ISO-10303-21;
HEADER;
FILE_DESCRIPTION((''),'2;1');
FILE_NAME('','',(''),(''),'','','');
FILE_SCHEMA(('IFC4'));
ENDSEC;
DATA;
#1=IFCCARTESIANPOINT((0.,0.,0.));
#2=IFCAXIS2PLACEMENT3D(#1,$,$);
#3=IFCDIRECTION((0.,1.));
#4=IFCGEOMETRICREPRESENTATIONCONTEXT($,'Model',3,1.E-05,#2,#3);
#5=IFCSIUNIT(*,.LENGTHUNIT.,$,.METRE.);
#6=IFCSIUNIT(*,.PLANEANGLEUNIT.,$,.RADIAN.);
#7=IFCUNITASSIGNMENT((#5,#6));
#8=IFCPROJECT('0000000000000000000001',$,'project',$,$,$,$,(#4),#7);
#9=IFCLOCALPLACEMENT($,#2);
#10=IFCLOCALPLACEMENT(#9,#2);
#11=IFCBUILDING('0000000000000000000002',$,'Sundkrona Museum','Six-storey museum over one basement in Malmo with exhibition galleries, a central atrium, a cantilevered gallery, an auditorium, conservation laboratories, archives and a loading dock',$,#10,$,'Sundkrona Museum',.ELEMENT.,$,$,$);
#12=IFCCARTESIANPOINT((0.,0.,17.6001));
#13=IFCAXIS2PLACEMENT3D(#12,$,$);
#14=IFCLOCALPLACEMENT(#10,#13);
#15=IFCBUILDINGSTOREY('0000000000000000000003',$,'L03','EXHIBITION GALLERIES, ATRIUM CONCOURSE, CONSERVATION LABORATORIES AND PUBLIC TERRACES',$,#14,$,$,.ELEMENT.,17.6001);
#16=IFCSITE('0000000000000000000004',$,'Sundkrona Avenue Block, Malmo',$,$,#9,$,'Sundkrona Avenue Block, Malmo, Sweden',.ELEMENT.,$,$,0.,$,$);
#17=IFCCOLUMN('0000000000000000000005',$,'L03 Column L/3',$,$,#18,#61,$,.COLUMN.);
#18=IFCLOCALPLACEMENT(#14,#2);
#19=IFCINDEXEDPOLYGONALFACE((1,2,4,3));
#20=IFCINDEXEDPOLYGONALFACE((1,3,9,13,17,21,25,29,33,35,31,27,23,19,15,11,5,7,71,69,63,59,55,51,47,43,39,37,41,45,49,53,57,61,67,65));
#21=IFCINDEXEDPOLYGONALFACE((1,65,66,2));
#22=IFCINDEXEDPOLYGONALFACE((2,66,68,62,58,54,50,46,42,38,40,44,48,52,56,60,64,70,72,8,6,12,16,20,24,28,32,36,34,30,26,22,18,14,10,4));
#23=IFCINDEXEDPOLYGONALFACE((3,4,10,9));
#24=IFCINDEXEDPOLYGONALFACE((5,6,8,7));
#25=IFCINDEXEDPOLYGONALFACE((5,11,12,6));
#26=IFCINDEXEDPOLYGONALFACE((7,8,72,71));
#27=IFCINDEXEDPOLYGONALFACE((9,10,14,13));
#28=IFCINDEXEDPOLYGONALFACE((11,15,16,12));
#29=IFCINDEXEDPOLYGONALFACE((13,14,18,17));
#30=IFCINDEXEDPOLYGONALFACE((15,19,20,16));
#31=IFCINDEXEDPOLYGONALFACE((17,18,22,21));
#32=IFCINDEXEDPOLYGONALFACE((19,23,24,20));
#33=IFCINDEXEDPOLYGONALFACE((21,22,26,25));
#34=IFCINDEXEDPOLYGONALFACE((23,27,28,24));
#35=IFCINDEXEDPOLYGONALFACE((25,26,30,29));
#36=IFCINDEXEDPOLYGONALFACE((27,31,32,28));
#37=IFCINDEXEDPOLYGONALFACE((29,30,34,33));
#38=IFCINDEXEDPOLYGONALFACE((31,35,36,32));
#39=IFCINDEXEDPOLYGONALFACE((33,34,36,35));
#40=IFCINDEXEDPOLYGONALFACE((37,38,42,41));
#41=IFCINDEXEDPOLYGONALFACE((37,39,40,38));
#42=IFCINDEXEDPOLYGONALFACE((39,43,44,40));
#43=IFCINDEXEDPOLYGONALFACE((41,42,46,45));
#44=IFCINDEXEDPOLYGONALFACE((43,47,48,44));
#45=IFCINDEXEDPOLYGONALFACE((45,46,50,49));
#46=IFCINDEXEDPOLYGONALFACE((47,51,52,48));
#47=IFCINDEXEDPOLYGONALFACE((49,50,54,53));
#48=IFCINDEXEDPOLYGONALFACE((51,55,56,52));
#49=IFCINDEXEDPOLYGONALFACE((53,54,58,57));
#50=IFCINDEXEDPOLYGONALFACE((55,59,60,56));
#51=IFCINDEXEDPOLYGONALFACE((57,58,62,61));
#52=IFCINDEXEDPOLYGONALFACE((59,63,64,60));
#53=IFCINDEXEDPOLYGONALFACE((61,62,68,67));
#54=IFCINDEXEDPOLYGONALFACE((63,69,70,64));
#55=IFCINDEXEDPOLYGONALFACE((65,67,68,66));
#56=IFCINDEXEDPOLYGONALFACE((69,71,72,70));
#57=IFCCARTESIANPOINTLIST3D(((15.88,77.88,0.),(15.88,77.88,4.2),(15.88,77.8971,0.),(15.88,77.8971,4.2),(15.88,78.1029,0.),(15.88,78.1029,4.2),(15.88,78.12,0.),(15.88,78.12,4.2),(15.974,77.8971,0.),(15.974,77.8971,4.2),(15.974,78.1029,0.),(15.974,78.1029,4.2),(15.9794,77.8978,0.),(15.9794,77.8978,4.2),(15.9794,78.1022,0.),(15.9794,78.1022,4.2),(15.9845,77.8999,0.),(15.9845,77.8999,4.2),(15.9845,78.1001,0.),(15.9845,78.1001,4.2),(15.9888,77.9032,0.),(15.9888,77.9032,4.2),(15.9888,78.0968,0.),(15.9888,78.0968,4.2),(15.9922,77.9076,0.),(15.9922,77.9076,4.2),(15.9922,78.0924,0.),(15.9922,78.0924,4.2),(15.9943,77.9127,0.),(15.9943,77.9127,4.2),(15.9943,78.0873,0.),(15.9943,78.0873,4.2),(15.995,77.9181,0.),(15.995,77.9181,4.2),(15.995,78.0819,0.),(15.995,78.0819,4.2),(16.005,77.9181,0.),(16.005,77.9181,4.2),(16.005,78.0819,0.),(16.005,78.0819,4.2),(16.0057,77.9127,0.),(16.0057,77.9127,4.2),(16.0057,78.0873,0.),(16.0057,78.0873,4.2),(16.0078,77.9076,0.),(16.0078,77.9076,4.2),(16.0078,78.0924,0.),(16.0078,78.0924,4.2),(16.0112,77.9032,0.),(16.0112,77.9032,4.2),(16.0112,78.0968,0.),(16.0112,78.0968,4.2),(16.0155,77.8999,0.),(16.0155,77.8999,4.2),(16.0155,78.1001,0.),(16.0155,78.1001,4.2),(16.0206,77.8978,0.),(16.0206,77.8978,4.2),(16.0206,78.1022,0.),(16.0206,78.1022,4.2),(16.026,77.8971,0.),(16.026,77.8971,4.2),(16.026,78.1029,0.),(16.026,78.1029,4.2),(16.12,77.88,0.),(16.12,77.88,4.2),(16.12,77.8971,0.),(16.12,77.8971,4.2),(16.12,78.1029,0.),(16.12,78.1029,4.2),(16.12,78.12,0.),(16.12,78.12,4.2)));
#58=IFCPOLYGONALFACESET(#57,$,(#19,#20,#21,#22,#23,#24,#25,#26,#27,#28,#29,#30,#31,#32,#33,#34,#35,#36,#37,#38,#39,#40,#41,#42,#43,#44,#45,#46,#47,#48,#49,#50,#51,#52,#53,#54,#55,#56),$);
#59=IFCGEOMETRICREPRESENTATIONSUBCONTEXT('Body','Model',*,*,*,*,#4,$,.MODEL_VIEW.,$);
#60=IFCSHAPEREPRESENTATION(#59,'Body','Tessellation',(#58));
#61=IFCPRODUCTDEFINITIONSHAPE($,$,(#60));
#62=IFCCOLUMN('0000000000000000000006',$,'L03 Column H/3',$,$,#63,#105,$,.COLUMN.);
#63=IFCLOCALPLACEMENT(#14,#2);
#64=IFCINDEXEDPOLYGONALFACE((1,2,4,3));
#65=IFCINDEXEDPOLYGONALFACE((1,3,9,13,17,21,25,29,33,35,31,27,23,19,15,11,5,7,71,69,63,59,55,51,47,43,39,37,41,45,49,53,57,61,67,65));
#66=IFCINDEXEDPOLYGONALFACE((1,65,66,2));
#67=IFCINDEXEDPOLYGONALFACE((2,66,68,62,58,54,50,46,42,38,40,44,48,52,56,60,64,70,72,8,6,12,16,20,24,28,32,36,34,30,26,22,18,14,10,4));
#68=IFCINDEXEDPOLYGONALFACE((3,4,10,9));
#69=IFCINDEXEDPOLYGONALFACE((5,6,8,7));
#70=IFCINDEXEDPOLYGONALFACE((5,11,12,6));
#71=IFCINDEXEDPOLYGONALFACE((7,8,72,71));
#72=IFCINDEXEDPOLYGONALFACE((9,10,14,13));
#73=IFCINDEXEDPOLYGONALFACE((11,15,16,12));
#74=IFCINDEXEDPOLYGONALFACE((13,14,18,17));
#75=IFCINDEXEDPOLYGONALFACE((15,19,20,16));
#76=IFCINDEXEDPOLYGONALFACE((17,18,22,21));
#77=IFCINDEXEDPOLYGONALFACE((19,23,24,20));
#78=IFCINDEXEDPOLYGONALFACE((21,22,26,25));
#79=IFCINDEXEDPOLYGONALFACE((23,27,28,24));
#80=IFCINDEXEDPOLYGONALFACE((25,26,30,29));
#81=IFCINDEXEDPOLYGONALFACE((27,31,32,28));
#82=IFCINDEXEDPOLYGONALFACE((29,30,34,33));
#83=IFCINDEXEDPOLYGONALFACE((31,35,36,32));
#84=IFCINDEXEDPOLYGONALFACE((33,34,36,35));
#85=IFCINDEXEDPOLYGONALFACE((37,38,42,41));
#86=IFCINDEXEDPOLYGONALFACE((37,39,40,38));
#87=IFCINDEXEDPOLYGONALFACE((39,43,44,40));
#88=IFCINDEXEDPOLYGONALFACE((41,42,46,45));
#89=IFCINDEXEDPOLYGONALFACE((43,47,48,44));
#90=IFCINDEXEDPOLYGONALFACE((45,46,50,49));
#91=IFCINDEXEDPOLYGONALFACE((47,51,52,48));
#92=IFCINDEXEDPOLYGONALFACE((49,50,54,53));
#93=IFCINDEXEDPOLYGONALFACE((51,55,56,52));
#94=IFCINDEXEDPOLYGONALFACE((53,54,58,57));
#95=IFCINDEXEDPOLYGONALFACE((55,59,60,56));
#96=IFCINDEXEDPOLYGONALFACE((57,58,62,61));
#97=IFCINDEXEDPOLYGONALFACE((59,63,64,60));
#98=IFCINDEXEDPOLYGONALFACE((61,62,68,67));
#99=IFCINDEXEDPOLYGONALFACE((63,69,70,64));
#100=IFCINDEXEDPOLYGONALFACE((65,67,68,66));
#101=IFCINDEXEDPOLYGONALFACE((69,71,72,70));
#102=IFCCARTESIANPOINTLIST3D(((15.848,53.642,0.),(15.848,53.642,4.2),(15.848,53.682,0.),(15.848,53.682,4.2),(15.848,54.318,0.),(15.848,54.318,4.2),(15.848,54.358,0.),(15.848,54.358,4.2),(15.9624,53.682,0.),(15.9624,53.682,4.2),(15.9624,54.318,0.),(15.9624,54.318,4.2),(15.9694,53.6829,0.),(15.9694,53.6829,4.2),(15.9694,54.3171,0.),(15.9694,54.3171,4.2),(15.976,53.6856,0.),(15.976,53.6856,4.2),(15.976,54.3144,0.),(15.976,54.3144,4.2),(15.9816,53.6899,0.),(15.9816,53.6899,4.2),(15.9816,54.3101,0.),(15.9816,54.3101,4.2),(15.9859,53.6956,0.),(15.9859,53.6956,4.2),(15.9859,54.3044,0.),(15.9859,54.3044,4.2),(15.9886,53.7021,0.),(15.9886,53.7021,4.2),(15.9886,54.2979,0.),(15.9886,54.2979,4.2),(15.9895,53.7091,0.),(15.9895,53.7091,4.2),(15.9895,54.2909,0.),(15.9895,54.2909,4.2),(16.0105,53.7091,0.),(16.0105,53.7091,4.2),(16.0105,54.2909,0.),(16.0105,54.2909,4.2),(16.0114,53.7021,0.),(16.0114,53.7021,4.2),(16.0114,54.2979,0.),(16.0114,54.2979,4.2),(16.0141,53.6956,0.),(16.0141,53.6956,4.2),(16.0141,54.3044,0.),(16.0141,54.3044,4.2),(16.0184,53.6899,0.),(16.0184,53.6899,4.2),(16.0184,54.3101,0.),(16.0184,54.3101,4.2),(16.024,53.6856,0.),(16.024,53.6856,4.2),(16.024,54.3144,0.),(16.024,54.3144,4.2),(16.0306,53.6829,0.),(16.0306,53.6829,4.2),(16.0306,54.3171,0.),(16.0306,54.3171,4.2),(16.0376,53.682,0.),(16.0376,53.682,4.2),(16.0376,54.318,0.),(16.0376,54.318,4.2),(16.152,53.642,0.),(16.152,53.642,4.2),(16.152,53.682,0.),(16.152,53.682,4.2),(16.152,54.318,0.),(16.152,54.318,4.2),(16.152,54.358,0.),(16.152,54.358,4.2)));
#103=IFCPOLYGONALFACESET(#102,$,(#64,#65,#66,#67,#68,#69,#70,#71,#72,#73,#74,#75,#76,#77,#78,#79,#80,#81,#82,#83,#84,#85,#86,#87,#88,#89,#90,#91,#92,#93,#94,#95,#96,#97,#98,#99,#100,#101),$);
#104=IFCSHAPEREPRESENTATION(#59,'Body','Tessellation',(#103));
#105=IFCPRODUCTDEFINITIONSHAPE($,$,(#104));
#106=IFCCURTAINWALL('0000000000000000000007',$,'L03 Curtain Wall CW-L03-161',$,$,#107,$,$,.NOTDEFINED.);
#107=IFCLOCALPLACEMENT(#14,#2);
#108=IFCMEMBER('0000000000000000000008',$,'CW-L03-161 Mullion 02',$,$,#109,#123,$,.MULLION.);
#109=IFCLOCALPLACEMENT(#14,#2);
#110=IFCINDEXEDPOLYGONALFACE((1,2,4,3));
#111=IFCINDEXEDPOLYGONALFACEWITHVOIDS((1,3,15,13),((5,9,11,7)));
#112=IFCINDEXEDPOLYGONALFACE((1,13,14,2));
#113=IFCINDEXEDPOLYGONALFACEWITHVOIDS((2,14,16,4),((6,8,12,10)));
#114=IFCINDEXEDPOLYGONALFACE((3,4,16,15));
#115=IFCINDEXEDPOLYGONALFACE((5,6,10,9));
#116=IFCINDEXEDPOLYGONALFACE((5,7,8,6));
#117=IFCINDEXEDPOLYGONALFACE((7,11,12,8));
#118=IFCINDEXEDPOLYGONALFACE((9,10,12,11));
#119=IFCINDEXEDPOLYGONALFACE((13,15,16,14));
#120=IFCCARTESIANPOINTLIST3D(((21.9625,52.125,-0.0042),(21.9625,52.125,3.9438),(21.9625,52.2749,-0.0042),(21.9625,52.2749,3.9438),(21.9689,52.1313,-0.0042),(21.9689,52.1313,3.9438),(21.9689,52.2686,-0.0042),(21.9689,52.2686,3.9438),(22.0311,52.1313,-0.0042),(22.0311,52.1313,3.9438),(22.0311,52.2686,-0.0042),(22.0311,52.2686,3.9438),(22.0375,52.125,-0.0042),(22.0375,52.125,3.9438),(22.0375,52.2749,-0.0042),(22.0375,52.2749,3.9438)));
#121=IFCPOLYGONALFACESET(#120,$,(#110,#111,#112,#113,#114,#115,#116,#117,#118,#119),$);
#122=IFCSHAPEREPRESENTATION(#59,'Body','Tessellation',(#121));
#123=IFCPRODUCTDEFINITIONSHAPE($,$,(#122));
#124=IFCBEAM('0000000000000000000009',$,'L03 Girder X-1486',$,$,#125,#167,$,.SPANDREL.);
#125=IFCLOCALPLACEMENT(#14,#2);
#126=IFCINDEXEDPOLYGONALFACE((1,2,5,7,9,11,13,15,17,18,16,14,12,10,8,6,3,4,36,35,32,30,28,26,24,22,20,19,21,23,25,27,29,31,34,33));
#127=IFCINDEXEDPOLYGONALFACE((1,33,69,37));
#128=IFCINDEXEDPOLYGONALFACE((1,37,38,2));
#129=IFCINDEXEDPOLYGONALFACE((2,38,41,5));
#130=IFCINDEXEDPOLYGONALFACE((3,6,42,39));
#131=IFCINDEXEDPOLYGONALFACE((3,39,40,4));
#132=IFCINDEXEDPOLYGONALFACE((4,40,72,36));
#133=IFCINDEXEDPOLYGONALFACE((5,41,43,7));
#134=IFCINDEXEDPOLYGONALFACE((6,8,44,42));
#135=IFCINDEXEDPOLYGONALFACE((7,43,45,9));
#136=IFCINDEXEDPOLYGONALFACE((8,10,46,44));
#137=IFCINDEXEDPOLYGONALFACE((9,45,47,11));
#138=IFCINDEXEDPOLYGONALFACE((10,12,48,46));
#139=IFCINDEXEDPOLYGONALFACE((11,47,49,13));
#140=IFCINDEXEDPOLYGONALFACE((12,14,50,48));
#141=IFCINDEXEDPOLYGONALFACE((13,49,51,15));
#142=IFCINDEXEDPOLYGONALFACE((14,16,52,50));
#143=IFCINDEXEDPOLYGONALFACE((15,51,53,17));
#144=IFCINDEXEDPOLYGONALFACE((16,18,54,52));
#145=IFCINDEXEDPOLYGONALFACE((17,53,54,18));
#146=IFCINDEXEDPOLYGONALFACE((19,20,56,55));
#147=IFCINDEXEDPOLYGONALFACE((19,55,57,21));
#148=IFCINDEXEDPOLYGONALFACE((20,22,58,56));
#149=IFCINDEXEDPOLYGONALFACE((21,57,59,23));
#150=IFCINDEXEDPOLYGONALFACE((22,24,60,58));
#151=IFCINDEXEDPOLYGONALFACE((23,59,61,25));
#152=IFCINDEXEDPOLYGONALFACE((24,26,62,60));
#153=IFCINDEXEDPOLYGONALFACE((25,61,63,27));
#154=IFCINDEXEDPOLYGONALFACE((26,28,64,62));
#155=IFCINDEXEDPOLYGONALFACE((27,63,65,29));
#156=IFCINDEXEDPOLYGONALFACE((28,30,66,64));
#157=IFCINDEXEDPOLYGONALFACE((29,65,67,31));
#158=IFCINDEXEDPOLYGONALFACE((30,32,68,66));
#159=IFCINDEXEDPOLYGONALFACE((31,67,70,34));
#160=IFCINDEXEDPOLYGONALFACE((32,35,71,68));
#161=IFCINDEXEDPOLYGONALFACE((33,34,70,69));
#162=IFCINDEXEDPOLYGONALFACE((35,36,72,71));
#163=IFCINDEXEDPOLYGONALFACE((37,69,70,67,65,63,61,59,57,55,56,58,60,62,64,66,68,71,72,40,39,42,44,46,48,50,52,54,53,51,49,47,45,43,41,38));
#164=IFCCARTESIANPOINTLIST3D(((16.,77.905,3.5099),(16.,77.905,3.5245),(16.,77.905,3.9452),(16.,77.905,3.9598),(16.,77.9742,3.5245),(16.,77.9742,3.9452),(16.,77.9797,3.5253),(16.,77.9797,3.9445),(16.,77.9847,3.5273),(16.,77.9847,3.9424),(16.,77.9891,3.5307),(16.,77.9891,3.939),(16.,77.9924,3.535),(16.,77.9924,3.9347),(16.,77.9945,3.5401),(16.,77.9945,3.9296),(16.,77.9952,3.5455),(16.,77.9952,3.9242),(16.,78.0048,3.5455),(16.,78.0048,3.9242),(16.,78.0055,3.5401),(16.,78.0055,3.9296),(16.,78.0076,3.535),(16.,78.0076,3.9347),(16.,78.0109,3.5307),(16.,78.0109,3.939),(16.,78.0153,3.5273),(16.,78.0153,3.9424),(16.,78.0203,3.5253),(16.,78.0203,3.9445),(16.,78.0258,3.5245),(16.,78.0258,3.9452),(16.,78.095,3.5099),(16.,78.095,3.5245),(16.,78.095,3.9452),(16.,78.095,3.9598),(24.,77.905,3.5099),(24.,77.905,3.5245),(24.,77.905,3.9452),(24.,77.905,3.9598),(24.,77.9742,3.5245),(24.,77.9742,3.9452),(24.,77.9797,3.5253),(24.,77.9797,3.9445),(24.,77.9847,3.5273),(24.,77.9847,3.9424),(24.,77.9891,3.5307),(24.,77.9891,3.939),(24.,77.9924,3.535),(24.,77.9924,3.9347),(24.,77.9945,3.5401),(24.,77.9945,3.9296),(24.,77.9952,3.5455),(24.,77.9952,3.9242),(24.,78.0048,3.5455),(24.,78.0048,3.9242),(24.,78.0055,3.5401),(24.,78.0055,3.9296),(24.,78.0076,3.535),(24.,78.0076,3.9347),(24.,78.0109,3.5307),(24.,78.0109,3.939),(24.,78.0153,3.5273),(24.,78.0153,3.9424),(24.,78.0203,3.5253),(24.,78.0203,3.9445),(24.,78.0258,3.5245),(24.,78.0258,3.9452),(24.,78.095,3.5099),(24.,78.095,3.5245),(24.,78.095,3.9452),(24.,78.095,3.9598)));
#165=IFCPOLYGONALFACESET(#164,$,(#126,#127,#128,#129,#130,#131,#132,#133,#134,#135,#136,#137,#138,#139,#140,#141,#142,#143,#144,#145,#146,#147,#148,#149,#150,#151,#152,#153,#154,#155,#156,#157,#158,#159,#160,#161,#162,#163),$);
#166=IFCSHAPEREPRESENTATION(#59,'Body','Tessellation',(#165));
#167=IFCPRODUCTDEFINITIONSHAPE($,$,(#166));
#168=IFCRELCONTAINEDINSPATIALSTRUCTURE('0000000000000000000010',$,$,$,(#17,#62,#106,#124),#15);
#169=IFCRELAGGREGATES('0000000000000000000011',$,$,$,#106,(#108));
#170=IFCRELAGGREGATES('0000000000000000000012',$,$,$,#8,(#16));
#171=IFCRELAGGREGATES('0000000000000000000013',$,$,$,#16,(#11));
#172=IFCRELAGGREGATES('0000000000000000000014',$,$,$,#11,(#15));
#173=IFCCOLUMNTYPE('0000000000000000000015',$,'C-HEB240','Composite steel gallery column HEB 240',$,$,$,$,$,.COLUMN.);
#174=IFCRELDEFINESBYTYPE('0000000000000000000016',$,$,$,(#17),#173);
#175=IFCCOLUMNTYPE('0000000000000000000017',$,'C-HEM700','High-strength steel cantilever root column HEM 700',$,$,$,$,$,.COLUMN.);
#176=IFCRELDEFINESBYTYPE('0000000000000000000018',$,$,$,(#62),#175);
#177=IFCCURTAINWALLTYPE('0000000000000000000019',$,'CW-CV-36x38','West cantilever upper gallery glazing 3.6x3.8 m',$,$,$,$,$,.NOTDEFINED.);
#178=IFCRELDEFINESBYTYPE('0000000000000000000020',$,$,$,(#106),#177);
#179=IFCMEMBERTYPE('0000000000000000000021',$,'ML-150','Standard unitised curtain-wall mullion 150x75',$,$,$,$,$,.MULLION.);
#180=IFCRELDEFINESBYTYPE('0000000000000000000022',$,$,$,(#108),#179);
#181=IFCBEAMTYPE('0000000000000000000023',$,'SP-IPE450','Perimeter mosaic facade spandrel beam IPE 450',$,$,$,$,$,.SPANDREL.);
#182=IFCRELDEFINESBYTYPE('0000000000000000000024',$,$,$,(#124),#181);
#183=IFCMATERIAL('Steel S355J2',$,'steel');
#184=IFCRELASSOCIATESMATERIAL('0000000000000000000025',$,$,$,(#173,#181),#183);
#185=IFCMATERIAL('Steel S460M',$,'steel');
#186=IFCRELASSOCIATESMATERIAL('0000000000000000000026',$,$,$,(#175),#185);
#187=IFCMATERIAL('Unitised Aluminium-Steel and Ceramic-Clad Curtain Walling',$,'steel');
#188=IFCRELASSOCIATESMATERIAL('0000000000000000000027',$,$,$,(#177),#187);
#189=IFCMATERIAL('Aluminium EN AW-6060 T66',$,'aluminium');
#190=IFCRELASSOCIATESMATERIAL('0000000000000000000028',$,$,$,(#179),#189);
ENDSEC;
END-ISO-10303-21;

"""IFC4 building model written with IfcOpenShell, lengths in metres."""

from ifc_helpers import new_model, si_unit, direction, frame, origin, origin_2d, place, context, subcontext, project, spatial, hollow_rectangle, i_section, extrude, material, material_profile, profile_set, type_object, element, aggregate, save


model = new_model("IFC4")

# Units and contexts
model_context = context("Model", 3, precision=1e-05, world=origin(), true_north=direction((0.0, 1.0)))
body_context = subcontext(model_context, "Body", "Model", "MODEL_VIEW")
ifc_project = project(units=[si_unit("LENGTHUNIT", "METRE"), si_unit("PLANEANGLEUNIT", "RADIAN")], contexts=[model_context])

# Site, building, storey
site_placement = place(None, origin())
site = spatial("IfcSite", under=ifc_project, at=site_placement, Name="Sundkrona Avenue Block, Malmo", LongName="Sundkrona Avenue Block, Malmo, Sweden", CompositionType="ELEMENT", RefElevation=0.0)
building_placement = place(site_placement, origin())
building = spatial("IfcBuilding", under=site, at=building_placement, Name="Sundkrona Museum", Description="Six-storey museum over one basement in Malmo with exhibition galleries, a central atrium, a cantilevered gallery, an auditorium, conservation laboratories, archives and a loading dock", LongName="Sundkrona Museum", CompositionType="ELEMENT")
storey_placement = place(building_placement, frame((0.0, 0.0, 17.6001)))
storey = spatial("IfcBuildingStorey", under=building, at=storey_placement, Name="L03", Description="EXHIBITION GALLERIES, ATRIUM CONCOURSE, CONSERVATION LABORATORIES AND PUBLIC TERRACES", CompositionType="ELEMENT", Elevation=17.6001)

# Columns
ifc_material_1 = material(Name="Steel S355J2", Category="steel")
ifc_material_profile_1 = material_profile(ifc_material_1, i_section(OverallWidth=0.24, OverallDepth=0.24, WebThickness=0.01, FlangeThickness=0.0171, FilletRadius=0.021, at=origin_2d()), Name="HEB 240")
ifc_profile_set_1 = profile_set([ifc_material_profile_1], Name="Steel S355J2")
column_type_1 = type_object("IfcColumnType", Name="C-HEB240", Description="Composite steel gallery column HEB 240", PredefinedType="COLUMN", material=ifc_profile_set_1)
column_1_placement = place(storey_placement, frame((16.0, 78.0, 0.0), z_axis=(0.0, 0.0, 1.0), x_axis=(1.0, 0.0, 0.0)))
element("IfcColumn", 1, at=column_1_placement, inside=storey, type_object=column_type_1, Name="L03 Column L/3", PredefinedType="COLUMN", context=body_context, shape_type="SweptSolid", body=[
    extrude(i_section(OverallWidth=0.24, OverallDepth=0.24, WebThickness=0.01, FlangeThickness=0.0171, FilletRadius=0.021, at=origin_2d()), origin(), (0.0, 0.0, 1.0), 4.2),
])
ifc_material_2 = material(Name="Steel S460M", Category="steel")
ifc_material_profile_2 = material_profile(ifc_material_2, i_section(OverallWidth=0.304, OverallDepth=0.7161, WebThickness=0.021, FlangeThickness=0.04, FilletRadius=0.0271, at=origin_2d()), Name="HEM 700")
ifc_profile_set_2 = profile_set([ifc_material_profile_2], Name="Steel S460M")
column_type_2 = type_object("IfcColumnType", Name="C-HEM700", Description="High-strength steel cantilever root column HEM 700", PredefinedType="COLUMN", material=ifc_profile_set_2)
column_2_placement = place(storey_placement, frame((16.0, 54.0, 0.0), z_axis=(0.0, 0.0, 1.0), x_axis=(1.0, 0.0, 0.0)))
element("IfcColumn", 2, at=column_2_placement, inside=storey, type_object=column_type_2, Name="L03 Column H/3", PredefinedType="COLUMN", context=body_context, shape_type="SweptSolid", body=[
    extrude(i_section(OverallWidth=0.304, OverallDepth=0.7161, WebThickness=0.021, FlangeThickness=0.04, FilletRadius=0.0271, at=origin_2d()), origin(), (0.0, 0.0, 1.0), 4.2),
])

# Curtain wall, member
ifc_material_3 = material(Name="Unitised Aluminium-Steel and Ceramic-Clad Curtain Walling", Category="steel")
curtain_wall_type = type_object("IfcCurtainWallType", Name="CW-CV-36x38", Description="West cantilever upper gallery glazing 3.6x3.8 m", PredefinedType="NOTDEFINED", material=ifc_material_3)
curtain_wall_placement = place(storey_placement, origin())
curtain_wall = element("IfcCurtainWall", 3, at=curtain_wall_placement, inside=storey, type_object=curtain_wall_type, Name="L03 Curtain Wall CW-L03-161", PredefinedType="NOTDEFINED")
ifc_material_4 = material(Name="Aluminium EN AW-6060 T66", Category="aluminium")
ifc_material_profile_3 = material_profile(ifc_material_4, hollow_rectangle(XDim=0.075, YDim=0.1499, WallThickness=0.0063, at=origin_2d()), Name="RHS 150x75x6.3")
ifc_profile_set_3 = profile_set([ifc_material_profile_3], Name="Aluminium EN AW-6060 T66")
member_type_1 = type_object("IfcMemberType", Name="ML-150", Description="Standard unitised curtain-wall mullion 150x75", PredefinedType="MULLION", material=ifc_profile_set_3)
member_1_placement = place(storey_placement, frame((22.0, 52.2, -0.0042), z_axis=(0.0, 0.0, 1.0), x_axis=(1.0, 0.0, 0.0)))
member_1 = element("IfcMember", 4, at=member_1_placement, type_object=member_type_1, Name="CW-L03-161 Mullion 02", PredefinedType="MULLION", context=body_context, shape_type="SweptSolid", body=[
    extrude(hollow_rectangle(XDim=0.075, YDim=0.1499, WallThickness=0.0063, at=origin_2d()), origin(), (0.0, 0.0, 1.0), 3.948),
])

# Beam
ifc_material_profile_4 = material_profile(ifc_material_1, i_section(OverallWidth=0.1899, OverallDepth=0.45, WebThickness=0.0095, FlangeThickness=0.0146, FilletRadius=0.021, at=origin_2d()), Name="IPE 450")
ifc_profile_set_4 = profile_set([ifc_material_profile_4], Name="Steel S355J2")
beam_type = type_object("IfcBeamType", Name="SP-IPE450", Description="Perimeter mosaic facade spandrel beam IPE 450", PredefinedType="SPANDREL", material=ifc_profile_set_4)
beam_placement = place(storey_placement, frame((16.0, 78.0, 3.7349), z_axis=(1.0, 0.0, 0.0), x_axis=(0.0, 1.0, 0.0)))
element("IfcBeam", 5, at=beam_placement, inside=storey, type_object=beam_type, Name="L03 Girder X-1486", PredefinedType="SPANDREL", context=body_context, shape_type="SweptSolid", body=[
    extrude(i_section(OverallWidth=0.1899, OverallDepth=0.45, WebThickness=0.0095, FlangeThickness=0.0146, FilletRadius=0.021, at=origin_2d()), origin(), (0.0, 0.0, 1.0), 8.0),
])

aggregate(curtain_wall, [member_1])

save(model, "model.ifc")
